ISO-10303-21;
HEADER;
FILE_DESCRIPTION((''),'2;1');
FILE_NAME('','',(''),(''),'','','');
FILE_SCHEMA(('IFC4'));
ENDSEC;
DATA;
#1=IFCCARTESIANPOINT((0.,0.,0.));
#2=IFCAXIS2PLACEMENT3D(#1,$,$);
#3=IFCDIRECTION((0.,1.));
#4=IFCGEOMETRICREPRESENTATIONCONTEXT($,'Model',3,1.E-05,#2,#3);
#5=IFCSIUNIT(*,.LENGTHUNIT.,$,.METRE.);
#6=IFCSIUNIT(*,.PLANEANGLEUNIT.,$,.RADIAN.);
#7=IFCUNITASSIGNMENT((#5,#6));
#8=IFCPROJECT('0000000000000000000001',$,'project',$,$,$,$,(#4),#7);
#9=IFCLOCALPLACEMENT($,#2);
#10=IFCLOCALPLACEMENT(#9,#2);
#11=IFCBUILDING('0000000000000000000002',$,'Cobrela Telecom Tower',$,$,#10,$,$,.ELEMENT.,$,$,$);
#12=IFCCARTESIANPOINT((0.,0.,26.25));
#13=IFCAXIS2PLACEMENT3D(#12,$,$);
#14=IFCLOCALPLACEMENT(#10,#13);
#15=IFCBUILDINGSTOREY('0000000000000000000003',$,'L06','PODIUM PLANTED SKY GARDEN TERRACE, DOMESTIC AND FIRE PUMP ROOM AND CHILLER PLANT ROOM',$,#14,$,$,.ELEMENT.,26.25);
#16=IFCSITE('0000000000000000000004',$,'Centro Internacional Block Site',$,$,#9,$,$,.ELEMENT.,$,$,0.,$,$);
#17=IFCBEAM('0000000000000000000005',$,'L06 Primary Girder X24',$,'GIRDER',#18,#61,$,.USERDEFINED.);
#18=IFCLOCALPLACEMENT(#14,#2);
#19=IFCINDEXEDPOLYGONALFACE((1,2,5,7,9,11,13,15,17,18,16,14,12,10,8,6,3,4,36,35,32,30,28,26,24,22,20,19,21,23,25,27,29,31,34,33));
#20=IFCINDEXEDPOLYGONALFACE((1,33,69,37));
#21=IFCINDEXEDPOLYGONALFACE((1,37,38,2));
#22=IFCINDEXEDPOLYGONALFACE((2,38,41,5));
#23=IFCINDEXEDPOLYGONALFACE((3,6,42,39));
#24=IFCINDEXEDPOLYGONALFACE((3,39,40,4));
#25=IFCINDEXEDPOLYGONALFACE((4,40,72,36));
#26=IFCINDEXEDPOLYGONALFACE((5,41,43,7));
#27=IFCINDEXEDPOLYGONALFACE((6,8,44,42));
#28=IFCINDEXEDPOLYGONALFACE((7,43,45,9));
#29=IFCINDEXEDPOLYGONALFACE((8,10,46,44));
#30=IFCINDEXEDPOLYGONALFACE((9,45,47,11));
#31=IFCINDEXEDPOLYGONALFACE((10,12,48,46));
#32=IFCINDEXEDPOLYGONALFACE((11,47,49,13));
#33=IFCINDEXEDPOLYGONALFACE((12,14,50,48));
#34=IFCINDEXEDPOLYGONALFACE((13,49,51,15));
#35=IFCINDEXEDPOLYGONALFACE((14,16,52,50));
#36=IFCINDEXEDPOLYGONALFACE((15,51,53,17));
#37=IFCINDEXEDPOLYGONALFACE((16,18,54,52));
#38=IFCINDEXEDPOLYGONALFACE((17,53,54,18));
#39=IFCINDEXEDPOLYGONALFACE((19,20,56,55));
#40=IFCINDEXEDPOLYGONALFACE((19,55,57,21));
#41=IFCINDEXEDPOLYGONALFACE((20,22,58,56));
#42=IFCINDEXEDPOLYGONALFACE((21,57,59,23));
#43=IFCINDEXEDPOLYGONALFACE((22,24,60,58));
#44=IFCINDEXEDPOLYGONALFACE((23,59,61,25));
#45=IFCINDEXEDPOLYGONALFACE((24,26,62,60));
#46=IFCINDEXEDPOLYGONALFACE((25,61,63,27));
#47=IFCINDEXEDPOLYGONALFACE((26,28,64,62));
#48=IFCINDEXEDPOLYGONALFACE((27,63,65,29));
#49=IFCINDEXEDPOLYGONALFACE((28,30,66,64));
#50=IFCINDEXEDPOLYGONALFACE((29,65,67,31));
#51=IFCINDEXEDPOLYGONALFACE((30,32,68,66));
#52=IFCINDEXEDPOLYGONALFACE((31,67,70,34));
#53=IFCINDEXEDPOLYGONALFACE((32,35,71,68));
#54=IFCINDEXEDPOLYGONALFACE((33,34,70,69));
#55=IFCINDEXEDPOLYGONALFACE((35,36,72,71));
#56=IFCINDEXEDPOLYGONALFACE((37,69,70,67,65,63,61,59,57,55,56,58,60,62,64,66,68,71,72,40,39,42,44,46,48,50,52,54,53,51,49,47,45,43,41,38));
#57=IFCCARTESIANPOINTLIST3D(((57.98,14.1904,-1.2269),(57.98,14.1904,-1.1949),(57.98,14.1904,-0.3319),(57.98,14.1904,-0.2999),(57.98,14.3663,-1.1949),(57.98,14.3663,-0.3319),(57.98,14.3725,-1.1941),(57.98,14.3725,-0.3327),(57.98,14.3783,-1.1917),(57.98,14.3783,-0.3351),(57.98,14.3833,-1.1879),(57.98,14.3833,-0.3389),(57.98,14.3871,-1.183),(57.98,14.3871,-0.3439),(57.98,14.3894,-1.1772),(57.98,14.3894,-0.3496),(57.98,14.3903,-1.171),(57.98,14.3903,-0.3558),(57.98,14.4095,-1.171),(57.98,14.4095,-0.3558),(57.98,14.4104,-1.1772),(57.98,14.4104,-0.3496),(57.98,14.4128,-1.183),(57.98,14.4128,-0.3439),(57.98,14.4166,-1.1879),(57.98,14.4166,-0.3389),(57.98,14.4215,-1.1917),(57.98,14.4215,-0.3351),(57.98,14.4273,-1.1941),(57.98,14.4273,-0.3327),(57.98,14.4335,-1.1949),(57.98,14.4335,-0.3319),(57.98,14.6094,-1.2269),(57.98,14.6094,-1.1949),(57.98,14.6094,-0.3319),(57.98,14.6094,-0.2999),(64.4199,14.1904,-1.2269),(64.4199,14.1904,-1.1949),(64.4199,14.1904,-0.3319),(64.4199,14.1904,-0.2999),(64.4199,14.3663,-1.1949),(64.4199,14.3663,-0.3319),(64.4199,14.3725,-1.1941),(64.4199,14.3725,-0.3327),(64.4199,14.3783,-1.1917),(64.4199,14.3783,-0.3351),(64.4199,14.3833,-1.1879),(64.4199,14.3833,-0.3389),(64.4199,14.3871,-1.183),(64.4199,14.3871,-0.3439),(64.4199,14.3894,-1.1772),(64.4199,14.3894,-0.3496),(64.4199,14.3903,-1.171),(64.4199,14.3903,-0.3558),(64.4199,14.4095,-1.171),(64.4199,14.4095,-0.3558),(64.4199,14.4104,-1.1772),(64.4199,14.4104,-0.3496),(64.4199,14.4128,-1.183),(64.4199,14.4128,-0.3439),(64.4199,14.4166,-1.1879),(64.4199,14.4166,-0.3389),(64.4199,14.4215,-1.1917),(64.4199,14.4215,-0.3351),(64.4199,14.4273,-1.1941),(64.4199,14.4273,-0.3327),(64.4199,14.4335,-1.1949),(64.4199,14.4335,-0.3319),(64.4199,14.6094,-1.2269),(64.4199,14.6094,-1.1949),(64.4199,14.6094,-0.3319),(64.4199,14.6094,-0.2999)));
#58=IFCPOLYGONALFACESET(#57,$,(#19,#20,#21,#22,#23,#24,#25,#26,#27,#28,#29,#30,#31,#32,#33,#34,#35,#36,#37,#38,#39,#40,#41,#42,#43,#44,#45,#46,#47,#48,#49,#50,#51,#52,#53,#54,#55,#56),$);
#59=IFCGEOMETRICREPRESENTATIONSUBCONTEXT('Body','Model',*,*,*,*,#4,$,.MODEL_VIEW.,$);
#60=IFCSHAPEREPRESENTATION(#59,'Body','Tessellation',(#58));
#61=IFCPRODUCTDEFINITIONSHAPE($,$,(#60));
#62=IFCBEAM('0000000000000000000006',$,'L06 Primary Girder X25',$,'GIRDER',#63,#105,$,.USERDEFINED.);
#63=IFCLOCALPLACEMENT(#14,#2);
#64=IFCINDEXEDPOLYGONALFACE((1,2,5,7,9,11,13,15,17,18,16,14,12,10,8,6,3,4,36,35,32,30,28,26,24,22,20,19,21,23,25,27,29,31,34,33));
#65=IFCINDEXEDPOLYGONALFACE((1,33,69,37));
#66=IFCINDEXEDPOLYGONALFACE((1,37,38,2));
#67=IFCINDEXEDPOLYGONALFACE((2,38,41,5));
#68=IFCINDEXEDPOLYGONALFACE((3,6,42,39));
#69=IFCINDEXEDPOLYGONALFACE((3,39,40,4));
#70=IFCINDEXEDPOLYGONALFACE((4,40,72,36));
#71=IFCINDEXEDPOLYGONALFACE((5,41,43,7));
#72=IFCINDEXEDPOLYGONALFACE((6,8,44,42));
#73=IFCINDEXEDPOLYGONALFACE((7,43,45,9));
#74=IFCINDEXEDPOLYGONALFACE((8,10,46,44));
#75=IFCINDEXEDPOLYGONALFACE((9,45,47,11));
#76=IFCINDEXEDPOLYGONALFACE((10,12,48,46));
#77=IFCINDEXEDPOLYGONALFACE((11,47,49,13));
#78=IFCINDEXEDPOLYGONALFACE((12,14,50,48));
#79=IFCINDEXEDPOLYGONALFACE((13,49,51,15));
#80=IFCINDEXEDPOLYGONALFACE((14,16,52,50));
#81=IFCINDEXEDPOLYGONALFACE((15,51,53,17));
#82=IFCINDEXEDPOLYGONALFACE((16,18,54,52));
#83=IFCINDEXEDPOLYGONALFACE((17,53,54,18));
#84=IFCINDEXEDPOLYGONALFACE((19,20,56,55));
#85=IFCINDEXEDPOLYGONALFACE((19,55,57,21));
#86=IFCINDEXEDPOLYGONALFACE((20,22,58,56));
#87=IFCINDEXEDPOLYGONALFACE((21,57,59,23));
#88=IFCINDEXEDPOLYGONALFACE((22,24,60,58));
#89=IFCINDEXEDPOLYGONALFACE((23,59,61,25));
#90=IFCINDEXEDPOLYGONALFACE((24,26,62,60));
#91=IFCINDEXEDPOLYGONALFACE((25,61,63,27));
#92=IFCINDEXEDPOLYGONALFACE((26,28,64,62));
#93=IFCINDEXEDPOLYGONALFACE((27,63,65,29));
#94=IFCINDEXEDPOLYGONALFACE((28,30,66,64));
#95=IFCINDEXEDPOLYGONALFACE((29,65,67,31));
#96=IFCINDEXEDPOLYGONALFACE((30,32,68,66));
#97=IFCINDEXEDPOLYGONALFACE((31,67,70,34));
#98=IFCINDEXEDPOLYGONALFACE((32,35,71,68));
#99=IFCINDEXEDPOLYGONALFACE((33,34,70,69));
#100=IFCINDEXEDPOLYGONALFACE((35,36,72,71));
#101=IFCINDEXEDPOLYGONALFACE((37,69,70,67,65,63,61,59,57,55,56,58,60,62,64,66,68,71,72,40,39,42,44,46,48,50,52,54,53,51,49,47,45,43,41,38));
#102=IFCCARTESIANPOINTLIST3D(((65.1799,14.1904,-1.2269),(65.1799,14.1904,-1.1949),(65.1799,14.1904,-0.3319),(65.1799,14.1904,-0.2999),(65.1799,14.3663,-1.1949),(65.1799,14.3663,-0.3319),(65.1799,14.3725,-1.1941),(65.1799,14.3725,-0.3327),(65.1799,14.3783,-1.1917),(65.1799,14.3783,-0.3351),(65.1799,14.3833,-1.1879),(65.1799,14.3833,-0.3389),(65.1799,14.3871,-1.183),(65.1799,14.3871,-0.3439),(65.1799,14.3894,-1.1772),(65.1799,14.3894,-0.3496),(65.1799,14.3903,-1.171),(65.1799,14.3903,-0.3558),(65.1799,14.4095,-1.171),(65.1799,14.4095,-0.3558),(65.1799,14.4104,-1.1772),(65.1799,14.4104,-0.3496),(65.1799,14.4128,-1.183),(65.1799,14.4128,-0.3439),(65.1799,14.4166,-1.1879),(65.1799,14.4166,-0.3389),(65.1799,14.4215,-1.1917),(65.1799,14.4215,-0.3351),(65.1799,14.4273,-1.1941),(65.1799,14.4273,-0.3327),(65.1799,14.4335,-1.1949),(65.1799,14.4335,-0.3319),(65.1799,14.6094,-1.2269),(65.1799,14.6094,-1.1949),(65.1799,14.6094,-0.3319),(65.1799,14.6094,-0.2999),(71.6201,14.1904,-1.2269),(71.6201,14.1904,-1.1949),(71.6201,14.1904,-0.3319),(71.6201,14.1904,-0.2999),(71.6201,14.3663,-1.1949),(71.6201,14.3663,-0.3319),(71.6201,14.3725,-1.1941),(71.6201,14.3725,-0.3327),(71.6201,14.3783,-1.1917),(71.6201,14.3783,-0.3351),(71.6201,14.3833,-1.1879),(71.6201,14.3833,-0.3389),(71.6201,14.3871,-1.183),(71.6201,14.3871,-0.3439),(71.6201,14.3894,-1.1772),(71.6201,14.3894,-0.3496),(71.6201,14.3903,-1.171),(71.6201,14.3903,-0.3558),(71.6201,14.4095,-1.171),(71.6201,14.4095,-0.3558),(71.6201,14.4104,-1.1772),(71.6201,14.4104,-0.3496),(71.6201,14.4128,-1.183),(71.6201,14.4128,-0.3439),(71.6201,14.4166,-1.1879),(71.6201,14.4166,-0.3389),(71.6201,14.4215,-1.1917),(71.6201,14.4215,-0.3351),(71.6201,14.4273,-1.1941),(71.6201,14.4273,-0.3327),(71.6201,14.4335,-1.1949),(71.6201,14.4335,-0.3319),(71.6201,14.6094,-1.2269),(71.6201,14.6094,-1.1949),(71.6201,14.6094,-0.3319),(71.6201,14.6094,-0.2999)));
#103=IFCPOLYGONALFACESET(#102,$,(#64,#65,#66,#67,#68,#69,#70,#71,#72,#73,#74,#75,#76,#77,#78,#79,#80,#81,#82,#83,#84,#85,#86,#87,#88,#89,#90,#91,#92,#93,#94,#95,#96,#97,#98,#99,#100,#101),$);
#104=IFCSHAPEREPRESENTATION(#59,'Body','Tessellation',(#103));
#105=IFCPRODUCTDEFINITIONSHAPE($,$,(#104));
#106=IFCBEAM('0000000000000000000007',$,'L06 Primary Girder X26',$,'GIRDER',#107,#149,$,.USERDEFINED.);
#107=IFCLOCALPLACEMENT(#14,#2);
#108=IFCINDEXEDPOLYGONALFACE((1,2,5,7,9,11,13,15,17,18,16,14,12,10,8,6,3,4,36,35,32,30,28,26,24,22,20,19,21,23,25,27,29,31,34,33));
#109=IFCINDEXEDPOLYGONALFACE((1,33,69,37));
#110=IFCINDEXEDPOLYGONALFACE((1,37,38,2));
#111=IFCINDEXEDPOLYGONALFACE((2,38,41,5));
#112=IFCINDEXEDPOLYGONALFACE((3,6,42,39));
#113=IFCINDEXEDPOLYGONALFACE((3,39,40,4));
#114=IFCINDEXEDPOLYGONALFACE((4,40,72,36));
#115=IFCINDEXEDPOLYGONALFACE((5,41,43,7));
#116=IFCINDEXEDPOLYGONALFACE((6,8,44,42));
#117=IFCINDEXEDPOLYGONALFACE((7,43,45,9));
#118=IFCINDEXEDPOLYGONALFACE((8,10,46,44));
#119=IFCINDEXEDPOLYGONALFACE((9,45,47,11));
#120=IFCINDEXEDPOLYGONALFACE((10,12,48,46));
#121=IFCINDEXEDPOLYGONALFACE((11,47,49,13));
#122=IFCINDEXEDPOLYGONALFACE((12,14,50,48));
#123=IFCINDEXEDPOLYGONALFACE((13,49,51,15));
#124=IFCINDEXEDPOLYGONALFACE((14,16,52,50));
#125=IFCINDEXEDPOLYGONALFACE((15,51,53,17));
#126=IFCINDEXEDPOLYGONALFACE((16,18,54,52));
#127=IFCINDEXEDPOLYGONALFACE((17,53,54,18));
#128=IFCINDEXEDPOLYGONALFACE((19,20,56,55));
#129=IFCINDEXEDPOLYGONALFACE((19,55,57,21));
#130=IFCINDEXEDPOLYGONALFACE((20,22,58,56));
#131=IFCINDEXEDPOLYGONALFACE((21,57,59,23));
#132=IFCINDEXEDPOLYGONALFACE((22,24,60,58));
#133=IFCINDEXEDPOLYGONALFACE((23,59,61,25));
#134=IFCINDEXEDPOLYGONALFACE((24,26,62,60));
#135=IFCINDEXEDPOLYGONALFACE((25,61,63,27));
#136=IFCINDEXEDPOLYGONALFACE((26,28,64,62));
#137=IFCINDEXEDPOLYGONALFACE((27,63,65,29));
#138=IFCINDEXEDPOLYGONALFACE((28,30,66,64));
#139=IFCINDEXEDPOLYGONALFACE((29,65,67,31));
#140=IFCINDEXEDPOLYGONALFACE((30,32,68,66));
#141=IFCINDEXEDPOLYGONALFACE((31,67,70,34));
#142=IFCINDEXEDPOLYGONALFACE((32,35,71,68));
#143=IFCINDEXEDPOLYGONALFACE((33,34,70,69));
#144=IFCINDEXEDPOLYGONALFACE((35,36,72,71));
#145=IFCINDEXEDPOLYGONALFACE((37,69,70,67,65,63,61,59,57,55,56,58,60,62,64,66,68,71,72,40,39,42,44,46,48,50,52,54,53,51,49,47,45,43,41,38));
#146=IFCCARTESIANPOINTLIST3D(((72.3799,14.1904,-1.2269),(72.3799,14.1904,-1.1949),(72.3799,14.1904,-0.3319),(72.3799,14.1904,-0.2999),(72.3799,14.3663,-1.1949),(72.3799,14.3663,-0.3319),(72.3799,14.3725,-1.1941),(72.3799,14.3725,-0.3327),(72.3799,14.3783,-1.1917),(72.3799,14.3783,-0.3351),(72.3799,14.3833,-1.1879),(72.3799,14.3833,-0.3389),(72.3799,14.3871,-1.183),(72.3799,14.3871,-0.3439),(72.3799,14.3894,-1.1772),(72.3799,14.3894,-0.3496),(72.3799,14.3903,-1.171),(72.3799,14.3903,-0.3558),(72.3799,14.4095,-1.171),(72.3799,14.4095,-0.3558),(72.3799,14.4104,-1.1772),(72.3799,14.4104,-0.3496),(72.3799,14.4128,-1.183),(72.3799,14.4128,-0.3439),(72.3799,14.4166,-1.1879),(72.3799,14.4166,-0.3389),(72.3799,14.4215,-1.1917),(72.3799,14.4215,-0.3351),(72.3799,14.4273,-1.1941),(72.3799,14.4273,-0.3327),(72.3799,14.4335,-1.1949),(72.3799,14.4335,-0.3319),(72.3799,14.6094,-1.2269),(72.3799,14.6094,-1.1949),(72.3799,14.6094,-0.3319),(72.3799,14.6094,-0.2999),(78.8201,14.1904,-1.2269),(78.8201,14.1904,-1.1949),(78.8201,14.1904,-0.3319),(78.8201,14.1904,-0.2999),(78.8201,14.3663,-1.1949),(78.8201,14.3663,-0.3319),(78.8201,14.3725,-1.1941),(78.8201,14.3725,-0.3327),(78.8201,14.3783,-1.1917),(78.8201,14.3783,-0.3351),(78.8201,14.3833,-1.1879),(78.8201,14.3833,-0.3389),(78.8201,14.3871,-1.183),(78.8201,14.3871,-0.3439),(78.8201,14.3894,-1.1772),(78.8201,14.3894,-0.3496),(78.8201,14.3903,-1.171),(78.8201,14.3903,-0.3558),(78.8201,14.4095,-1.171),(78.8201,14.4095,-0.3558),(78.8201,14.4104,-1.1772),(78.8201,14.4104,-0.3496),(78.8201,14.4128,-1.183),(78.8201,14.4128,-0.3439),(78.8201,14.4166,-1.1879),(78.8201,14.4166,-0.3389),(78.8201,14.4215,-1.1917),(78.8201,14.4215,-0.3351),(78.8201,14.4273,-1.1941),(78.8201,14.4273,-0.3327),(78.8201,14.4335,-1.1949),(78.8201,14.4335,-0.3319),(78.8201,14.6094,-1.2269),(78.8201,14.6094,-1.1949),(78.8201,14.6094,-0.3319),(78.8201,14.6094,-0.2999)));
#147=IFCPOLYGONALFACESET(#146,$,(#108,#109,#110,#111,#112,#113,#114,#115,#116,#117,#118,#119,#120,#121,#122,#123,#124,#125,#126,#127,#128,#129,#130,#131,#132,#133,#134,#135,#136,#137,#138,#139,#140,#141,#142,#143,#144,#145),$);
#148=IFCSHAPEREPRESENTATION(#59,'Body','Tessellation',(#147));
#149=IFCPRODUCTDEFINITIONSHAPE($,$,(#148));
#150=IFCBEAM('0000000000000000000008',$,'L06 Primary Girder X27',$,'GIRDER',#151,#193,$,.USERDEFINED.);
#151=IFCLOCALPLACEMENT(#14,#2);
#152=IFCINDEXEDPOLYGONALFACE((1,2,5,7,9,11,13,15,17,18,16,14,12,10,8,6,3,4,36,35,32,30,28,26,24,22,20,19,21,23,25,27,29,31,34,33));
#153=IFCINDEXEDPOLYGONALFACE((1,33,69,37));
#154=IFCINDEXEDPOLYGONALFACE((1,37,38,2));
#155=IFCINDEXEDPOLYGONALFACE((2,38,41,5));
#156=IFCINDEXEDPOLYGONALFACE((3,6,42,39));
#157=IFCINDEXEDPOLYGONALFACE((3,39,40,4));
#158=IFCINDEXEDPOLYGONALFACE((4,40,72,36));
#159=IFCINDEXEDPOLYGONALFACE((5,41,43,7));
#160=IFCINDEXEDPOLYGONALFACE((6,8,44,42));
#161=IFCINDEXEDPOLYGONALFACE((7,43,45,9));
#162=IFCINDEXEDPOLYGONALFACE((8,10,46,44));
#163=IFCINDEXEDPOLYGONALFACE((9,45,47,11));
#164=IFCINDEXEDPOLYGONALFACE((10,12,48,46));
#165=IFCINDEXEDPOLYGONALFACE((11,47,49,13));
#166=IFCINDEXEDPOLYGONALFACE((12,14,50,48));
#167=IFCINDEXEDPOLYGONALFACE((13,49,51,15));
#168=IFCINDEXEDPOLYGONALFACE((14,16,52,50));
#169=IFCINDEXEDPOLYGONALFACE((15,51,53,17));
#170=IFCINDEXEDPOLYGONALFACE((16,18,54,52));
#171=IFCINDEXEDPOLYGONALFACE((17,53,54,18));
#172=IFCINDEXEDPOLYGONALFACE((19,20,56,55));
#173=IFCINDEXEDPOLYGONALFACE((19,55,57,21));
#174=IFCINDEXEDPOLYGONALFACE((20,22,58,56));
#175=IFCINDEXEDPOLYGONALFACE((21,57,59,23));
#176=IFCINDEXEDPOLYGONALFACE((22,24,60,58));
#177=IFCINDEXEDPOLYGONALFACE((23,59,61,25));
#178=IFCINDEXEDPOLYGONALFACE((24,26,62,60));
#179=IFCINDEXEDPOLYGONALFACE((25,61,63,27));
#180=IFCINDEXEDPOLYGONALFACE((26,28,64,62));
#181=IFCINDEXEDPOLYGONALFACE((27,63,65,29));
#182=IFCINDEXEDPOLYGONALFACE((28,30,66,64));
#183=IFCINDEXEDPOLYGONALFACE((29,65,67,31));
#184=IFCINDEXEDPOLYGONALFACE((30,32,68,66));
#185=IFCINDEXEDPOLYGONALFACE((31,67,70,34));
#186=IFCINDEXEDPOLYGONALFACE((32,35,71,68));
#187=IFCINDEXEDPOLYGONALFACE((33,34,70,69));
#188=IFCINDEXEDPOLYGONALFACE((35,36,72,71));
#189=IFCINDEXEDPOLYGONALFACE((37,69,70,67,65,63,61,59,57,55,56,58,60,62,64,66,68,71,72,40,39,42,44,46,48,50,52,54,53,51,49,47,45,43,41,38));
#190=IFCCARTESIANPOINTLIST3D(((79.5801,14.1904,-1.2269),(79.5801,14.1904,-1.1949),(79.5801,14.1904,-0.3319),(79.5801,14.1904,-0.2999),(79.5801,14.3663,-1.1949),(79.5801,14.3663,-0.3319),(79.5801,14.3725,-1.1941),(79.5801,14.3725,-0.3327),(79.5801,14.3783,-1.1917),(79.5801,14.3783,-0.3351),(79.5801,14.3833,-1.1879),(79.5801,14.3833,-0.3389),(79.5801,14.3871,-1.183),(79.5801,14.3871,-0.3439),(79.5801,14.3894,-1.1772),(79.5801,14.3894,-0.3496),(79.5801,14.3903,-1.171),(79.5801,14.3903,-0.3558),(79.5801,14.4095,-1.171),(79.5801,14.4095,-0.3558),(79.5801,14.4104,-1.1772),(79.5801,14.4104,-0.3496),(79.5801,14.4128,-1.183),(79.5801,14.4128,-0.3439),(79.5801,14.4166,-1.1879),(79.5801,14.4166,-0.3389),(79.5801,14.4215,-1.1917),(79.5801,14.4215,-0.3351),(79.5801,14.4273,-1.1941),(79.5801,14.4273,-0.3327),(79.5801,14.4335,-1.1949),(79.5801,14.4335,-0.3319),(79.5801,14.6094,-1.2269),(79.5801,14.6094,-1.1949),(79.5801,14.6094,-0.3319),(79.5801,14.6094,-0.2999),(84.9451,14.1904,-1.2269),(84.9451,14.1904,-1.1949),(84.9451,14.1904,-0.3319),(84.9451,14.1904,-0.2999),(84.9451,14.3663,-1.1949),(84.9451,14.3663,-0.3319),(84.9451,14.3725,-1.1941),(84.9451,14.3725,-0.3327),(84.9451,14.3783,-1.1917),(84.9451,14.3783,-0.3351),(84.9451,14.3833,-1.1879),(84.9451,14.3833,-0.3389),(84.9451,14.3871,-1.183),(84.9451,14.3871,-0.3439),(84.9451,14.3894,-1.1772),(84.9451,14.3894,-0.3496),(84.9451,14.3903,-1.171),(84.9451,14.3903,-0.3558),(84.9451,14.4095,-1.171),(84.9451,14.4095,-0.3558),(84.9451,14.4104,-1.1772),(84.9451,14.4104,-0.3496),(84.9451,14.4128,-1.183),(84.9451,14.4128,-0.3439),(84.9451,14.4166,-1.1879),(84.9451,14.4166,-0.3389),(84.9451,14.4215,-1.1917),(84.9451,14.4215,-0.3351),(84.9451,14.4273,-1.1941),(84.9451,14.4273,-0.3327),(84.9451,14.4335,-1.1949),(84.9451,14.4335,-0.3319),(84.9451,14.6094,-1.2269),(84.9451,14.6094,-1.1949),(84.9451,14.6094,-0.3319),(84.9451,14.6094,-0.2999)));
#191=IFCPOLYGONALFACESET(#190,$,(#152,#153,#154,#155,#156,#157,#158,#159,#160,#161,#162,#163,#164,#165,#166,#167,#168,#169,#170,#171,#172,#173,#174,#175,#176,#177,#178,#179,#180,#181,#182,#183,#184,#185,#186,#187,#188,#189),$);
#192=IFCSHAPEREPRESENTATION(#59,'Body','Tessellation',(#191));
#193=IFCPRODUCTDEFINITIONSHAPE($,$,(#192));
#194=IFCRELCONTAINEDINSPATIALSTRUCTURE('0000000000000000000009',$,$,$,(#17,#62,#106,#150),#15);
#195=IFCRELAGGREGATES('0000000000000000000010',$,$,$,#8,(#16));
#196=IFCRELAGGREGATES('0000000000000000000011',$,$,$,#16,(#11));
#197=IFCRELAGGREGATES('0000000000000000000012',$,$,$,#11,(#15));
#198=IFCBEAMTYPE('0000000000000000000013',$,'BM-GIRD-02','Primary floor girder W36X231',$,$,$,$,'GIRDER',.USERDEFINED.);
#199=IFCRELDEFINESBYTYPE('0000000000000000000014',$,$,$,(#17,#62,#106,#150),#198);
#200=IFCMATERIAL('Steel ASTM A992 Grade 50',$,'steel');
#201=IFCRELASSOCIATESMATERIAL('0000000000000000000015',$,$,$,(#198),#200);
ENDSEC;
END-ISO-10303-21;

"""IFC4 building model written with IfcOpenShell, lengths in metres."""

from ifc_helpers import new_model, si_unit, direction, frame, origin, origin_2d, place, context, subcontext, project, spatial, i_section, extrude, material, material_profile, profile_set, type_object, element, save


model = new_model("IFC4")

# Units and contexts
model_context = context("Model", 3, precision=1e-05, world=origin(), true_north=direction((0.0, 1.0)))
body_context = subcontext(model_context, "Body", "Model", "MODEL_VIEW")
ifc_project = project(units=[si_unit("LENGTHUNIT", "METRE"), si_unit("PLANEANGLEUNIT", "RADIAN")], contexts=[model_context])

# Site, building, storey
site_placement = place(None, origin())
site = spatial("IfcSite", under=ifc_project, at=site_placement, Name="Centro Internacional Block Site", CompositionType="ELEMENT", RefElevation=0.0)
building_placement = place(site_placement, origin())
building = spatial("IfcBuilding", under=site, at=building_placement, Name="Cobrela Telecom Tower", CompositionType="ELEMENT")
storey_placement = place(building_placement, frame((0.0, 0.0, 26.25)))
storey = spatial("IfcBuildingStorey", under=building, at=storey_placement, Name="L06", Description="PODIUM PLANTED SKY GARDEN TERRACE, DOMESTIC AND FIRE PUMP ROOM AND CHILLER PLANT ROOM", CompositionType="ELEMENT", Elevation=26.25)

# Beams
ifc_material_1 = material(Name="Steel ASTM A992 Grade 50", Category="steel")
ifc_material_profile_1 = material_profile(ifc_material_1, i_section(OverallWidth=0.4189, OverallDepth=0.927, WebThickness=0.0193, FlangeThickness=0.032, FilletRadius=0.0239, at=origin_2d()), Name="W36X231")
ifc_profile_set_1 = profile_set([ifc_material_profile_1], Name="Steel ASTM A992 Grade 50")
beam_type_1 = type_object("IfcBeamType", Name="BM-GIRD-02", Description="Primary floor girder W36X231", ElementType="GIRDER", PredefinedType="USERDEFINED", material=ifc_profile_set_1)
beam_1_placement = place(storey_placement, frame((57.98, 14.3999, -0.7634), z_axis=(1.0, 0.0, 0.0), x_axis=(0.0, 1.0, 0.0)))
element("IfcBeam", 1, at=beam_1_placement, inside=storey, type_object=beam_type_1, Name="L06 Primary Girder X24", ObjectType="GIRDER", PredefinedType="USERDEFINED", context=body_context, shape_type="SweptSolid", body=[
    extrude(i_section(OverallWidth=0.4189, OverallDepth=0.927, WebThickness=0.0193, FlangeThickness=0.032, FilletRadius=0.0239, at=origin_2d()), origin(), (0.0, 0.0, 1.0), 6.4399),
])
for number, where, z_axis, x_axis, name in (
    (2, (65.1799, 14.3999, -0.7634), (1.0, 0.0, 0.0), (0.0, 1.0, 0.0), "L06 Primary Girder X25"),
    (3, (72.3799, 14.3999, -0.7634), (1.0, 0.0, 0.0), (0.0, 1.0, 0.0), "L06 Primary Girder X26"),
):
    element("IfcBeam", number, at=place(storey_placement, frame(where, z_axis=z_axis, x_axis=x_axis)), inside=storey, type_object=beam_type_1, Name=name, ObjectType="GIRDER", PredefinedType="USERDEFINED", context=body_context, shape_type="SweptSolid", body=[
        extrude(i_section(OverallWidth=0.4189, OverallDepth=0.927, WebThickness=0.0193, FlangeThickness=0.032, FilletRadius=0.0239, at=origin_2d()), origin(), (0.0, 0.0, 1.0), 6.4402),
    ])
beam_2_placement = place(storey_placement, frame((79.5801, 14.3999, -0.7634), z_axis=(1.0, 0.0, 0.0), x_axis=(0.0, 1.0, 0.0)))
element("IfcBeam", 4, at=beam_2_placement, inside=storey, type_object=beam_type_1, Name="L06 Primary Girder X27", ObjectType="GIRDER", PredefinedType="USERDEFINED", context=body_context, shape_type="SweptSolid", body=[
    extrude(i_section(OverallWidth=0.4189, OverallDepth=0.927, WebThickness=0.0193, FlangeThickness=0.032, FilletRadius=0.0239, at=origin_2d()), origin(), (0.0, 0.0, 1.0), 5.365),
])

save(model, "model.ifc")
